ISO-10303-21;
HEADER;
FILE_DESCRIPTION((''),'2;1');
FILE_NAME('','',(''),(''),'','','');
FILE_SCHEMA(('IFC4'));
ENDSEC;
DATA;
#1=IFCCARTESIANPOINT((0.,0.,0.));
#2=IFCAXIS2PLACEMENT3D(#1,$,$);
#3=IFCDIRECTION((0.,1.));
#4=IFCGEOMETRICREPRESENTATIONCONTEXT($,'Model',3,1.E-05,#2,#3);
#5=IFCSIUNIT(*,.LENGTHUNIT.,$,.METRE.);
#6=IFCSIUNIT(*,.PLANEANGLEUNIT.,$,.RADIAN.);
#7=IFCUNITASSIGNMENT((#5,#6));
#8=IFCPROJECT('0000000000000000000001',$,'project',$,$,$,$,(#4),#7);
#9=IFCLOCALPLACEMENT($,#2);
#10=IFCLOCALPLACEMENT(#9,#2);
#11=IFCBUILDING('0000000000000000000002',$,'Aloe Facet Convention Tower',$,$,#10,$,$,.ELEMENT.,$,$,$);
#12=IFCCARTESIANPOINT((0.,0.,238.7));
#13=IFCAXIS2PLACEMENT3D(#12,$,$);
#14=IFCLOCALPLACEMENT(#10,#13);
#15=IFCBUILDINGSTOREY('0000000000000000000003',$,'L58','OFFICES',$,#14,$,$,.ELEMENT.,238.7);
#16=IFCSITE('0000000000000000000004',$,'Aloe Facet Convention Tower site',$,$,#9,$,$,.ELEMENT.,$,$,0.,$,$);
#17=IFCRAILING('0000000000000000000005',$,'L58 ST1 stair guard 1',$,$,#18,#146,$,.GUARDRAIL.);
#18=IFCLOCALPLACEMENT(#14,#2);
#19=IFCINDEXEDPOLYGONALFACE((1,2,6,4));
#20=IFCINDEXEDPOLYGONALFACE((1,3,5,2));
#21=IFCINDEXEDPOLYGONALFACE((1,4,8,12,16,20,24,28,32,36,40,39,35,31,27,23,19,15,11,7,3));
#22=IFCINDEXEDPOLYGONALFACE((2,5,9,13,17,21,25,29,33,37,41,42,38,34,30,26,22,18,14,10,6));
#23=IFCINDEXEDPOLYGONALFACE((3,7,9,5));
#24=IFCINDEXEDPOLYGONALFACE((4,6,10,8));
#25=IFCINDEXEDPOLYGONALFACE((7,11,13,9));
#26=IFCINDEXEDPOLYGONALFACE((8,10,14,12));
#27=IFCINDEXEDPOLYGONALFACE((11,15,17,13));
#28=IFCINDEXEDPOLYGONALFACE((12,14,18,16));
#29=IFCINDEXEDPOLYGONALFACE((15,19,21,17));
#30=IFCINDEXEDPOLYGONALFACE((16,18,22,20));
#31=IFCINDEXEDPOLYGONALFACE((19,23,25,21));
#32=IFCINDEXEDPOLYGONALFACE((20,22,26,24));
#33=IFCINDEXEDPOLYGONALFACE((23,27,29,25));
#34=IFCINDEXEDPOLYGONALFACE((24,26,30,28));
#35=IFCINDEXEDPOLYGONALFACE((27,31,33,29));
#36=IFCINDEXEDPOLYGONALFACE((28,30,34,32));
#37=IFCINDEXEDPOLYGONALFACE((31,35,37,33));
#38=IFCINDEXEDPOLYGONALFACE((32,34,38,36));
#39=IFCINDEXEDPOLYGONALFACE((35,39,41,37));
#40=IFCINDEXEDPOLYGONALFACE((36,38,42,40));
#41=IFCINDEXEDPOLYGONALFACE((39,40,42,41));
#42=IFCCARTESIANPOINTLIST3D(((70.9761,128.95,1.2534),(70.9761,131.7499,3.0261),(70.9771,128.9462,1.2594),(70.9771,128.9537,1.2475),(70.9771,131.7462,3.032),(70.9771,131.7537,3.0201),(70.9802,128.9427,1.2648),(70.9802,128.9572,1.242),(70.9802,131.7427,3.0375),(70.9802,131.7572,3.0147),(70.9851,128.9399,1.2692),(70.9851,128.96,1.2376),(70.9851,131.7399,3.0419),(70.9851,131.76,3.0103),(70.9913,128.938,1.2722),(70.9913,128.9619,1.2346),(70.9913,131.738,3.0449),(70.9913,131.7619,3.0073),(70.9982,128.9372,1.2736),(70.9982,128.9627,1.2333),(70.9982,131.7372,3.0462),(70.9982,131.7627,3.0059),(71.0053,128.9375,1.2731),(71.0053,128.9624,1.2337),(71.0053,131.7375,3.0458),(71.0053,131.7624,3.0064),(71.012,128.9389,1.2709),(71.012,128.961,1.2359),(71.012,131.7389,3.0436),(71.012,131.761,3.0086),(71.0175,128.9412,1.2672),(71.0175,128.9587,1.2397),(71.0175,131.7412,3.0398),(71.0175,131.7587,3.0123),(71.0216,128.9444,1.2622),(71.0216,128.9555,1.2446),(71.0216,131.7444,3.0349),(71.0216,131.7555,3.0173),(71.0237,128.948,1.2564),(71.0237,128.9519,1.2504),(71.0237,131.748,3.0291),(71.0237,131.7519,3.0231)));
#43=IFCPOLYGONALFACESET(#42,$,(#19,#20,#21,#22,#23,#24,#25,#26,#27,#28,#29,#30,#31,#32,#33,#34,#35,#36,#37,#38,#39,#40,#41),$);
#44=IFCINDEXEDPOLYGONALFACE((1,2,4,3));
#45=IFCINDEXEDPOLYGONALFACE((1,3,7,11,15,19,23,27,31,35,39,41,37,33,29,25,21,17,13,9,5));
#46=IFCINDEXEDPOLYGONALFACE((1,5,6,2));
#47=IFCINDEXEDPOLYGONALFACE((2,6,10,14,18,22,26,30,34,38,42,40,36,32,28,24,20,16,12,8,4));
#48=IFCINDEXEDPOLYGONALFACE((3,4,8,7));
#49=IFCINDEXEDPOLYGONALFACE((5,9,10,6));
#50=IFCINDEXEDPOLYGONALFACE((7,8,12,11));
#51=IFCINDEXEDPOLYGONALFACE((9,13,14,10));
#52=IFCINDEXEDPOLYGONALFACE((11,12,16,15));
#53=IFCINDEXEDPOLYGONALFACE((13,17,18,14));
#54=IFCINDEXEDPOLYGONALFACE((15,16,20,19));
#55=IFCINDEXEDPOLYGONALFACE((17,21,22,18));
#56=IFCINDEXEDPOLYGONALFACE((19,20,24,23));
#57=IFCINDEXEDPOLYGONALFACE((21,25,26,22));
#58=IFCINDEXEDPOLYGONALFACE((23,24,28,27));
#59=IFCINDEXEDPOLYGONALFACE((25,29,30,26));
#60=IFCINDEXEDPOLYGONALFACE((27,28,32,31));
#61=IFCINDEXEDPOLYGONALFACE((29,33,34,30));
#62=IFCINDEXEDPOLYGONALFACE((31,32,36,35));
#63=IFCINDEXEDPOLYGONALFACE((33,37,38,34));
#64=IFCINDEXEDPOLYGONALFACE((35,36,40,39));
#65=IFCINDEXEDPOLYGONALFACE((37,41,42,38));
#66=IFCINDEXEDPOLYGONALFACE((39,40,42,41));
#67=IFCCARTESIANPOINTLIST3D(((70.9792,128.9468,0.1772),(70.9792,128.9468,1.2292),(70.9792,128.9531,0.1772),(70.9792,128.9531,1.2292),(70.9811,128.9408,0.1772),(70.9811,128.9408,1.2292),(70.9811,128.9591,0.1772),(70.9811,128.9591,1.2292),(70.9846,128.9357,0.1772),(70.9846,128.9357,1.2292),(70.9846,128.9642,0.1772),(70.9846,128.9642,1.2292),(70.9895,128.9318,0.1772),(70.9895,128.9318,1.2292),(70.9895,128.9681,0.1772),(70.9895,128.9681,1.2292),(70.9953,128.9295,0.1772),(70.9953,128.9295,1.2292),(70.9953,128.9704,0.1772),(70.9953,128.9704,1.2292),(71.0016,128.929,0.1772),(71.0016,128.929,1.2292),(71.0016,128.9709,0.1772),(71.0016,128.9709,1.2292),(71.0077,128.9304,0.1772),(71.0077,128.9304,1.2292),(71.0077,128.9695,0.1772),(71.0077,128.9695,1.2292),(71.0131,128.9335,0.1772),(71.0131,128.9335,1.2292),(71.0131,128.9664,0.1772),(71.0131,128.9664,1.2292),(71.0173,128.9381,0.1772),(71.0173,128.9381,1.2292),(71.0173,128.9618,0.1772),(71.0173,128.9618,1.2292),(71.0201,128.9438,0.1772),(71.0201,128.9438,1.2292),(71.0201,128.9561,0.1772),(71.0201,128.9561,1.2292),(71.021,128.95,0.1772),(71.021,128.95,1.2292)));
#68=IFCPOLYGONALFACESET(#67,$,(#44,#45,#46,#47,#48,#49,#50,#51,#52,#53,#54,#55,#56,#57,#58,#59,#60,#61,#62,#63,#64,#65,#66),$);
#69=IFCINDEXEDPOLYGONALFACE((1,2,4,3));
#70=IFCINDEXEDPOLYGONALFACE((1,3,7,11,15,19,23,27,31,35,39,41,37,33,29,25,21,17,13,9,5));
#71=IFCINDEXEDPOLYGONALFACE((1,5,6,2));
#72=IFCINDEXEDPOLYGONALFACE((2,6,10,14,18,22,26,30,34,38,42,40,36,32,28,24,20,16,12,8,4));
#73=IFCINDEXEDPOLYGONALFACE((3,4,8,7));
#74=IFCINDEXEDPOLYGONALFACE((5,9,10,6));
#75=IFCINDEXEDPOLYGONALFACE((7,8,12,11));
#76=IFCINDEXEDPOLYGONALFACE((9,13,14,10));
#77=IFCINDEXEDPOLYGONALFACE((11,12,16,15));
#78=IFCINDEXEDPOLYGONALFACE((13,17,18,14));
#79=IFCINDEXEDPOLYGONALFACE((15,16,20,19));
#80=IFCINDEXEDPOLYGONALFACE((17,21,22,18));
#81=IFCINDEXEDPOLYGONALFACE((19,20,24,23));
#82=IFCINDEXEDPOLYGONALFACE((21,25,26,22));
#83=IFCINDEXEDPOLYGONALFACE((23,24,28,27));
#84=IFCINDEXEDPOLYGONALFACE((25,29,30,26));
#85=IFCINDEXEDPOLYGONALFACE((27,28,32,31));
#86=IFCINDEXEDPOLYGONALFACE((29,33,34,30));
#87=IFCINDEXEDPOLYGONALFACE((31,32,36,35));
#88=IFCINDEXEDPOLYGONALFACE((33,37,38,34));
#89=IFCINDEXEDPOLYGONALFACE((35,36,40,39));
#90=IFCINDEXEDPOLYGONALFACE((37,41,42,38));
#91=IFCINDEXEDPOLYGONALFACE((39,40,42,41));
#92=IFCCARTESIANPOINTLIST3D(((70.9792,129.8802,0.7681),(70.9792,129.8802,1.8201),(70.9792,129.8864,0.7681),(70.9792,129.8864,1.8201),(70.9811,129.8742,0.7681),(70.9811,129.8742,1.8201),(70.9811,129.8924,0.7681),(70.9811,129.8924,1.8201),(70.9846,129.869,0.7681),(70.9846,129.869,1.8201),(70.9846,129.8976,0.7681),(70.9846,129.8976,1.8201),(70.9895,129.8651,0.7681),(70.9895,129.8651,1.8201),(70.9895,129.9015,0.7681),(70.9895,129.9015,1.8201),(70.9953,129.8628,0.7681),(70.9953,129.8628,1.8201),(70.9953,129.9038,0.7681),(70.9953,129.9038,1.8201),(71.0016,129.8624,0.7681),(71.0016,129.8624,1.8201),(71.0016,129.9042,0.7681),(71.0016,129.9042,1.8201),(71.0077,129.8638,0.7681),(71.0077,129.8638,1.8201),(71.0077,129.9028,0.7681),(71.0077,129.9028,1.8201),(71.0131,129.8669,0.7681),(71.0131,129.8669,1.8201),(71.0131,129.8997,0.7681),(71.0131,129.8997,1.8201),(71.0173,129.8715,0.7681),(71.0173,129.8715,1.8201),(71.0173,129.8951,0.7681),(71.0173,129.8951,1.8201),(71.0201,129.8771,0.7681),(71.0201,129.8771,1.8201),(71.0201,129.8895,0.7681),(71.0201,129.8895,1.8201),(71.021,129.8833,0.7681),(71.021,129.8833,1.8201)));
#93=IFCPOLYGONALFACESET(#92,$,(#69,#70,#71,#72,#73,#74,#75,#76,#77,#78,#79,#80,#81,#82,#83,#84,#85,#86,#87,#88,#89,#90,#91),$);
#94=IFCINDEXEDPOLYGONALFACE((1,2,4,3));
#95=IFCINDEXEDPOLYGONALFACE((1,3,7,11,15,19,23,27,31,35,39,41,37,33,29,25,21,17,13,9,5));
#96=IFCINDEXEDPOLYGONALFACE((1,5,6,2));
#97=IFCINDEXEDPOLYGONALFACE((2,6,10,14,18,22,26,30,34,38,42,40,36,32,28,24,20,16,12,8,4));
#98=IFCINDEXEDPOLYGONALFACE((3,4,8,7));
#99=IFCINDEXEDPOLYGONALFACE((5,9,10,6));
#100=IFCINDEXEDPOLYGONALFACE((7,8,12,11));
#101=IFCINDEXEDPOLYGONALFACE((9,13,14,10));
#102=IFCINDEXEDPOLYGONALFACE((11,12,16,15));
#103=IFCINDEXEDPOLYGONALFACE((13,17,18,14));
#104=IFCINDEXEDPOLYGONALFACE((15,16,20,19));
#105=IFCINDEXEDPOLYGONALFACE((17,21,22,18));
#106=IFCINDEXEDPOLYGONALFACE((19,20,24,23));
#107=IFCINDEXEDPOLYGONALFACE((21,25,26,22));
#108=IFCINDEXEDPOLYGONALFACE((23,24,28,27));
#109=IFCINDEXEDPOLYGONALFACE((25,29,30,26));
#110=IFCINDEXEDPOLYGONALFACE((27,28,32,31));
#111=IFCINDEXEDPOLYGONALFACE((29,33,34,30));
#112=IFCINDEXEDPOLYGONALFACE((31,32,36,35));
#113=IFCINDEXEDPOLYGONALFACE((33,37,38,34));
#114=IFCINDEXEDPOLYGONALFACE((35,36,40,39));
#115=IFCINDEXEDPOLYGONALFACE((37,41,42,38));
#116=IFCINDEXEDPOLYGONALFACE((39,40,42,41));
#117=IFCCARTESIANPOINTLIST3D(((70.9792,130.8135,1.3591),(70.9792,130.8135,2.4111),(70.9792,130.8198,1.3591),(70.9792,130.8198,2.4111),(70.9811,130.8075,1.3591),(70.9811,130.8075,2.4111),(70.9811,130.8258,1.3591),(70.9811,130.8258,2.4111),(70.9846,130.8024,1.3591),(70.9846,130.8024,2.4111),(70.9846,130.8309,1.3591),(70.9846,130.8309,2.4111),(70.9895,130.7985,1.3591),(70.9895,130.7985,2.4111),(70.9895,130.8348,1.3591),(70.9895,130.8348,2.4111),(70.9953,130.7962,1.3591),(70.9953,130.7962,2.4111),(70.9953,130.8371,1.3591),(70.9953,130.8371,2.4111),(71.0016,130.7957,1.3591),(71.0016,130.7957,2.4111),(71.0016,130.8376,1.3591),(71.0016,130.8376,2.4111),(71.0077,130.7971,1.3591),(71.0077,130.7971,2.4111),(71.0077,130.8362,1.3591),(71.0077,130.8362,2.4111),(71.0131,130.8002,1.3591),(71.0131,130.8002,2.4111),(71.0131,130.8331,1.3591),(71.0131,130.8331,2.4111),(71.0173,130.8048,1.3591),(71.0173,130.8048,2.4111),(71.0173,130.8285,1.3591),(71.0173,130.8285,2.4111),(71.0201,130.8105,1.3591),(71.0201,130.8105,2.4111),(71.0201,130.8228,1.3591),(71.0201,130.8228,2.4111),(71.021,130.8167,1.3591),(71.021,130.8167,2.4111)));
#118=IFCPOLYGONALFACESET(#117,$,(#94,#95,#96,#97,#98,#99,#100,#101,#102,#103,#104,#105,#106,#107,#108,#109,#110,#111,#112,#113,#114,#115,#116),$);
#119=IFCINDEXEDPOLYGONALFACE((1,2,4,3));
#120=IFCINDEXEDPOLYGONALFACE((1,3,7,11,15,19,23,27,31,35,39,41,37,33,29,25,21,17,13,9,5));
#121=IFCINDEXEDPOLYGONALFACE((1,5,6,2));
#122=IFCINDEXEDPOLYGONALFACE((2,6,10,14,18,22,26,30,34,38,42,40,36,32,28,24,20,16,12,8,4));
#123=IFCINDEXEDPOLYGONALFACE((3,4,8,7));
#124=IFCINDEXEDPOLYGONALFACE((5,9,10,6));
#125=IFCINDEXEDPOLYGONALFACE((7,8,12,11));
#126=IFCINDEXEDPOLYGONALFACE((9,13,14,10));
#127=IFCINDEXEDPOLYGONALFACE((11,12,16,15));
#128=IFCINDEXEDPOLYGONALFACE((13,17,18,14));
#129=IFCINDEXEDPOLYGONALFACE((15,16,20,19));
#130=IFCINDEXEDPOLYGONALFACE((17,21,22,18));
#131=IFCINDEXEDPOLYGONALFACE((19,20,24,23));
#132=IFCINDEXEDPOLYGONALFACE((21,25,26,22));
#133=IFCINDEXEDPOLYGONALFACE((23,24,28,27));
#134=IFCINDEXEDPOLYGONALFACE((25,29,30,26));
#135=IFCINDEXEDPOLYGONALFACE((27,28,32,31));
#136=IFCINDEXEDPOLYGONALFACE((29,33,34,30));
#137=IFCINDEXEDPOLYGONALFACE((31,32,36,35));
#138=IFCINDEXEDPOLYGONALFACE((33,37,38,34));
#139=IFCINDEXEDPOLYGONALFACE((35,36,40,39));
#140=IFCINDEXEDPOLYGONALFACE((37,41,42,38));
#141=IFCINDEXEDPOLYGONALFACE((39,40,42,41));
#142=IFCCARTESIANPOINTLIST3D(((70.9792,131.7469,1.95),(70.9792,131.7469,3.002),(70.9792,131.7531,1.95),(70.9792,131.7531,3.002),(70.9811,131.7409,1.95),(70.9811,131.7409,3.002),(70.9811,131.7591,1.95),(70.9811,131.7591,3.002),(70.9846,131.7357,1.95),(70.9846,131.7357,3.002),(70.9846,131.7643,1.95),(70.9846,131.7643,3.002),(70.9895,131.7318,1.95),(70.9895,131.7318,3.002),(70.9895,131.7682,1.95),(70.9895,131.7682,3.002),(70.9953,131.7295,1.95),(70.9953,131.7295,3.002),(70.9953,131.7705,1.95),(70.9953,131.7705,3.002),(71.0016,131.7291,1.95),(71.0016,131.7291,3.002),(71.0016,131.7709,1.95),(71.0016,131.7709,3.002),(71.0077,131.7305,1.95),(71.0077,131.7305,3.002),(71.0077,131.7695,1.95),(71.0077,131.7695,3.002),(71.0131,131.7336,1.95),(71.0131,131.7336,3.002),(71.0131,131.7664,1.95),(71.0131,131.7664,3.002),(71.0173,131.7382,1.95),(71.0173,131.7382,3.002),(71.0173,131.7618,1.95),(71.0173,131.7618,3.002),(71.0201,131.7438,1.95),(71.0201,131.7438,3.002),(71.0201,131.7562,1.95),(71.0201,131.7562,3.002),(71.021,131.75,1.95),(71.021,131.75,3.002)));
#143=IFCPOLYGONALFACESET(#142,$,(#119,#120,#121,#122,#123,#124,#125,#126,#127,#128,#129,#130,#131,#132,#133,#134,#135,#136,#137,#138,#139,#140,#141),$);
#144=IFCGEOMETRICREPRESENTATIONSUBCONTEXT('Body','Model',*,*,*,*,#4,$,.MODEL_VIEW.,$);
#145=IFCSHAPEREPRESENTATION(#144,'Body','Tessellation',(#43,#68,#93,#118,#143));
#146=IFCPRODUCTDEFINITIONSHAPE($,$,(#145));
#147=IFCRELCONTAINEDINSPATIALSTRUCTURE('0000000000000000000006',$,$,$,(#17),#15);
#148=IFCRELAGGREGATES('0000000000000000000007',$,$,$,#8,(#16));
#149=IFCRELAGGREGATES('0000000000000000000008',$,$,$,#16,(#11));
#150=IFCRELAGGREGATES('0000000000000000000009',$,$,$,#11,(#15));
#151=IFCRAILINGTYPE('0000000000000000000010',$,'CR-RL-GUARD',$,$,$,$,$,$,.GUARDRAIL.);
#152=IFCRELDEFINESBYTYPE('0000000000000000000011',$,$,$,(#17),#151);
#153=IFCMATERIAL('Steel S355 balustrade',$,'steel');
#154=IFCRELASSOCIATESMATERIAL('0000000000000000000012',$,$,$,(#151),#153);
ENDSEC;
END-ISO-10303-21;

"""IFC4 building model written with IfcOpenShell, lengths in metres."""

from ifc_helpers import new_model, si_unit, direction, frame, origin, origin_2d, place, context, subcontext, project, spatial, circle, extrude, material, type_object, element, save


model = new_model("IFC4")

# Units and contexts
model_context = context("Model", 3, precision=1e-05, world=origin(), true_north=direction((0.0, 1.0)))
body_context = subcontext(model_context, "Body", "Model", "MODEL_VIEW")
ifc_project = project(units=[si_unit("LENGTHUNIT", "METRE"), si_unit("PLANEANGLEUNIT", "RADIAN")], contexts=[model_context])

# Site, building, storey
site_placement = place(None, origin())
site = spatial("IfcSite", under=ifc_project, at=site_placement, Name="Aloe Facet Convention Tower site", CompositionType="ELEMENT", RefElevation=0.0)
building_placement = place(site_placement, origin())
building = spatial("IfcBuilding", under=site, at=building_placement, Name="Aloe Facet Convention Tower", CompositionType="ELEMENT")
storey_placement = place(building_placement, frame((0.0, 0.0, 238.7)))
storey = spatial("IfcBuildingStorey", under=building, at=storey_placement, Name="L58", Description="OFFICES", CompositionType="ELEMENT", Elevation=238.7)

# Railing
ifc_material_1 = material(Name="Steel S355 balustrade", Category="steel")
railing_type_1 = type_object("IfcRailingType", Name="CR-RL-GUARD", PredefinedType="GUARDRAIL", material=ifc_material_1)
railing_1_placement = place(storey_placement, frame((71.0, 128.95, 0.1772)))
element("IfcRailing", 1, at=railing_1_placement, inside=storey, type_object=railing_type_1, Name="L58 ST1 stair guard 1", PredefinedType="GUARDRAIL", context=body_context, shape_type="SweptSolid", body=[
    extrude(circle(Radius=0.0239, at=origin_2d()), frame((0.0, 0.0, 1.0762), z_axis=(0.0, 0.844909, 0.53491), x_axis=(-1.0, 0.0, 0.0)), (0.0, 0.0, 1.0), 3.314),
    extrude(circle(Radius=0.021, at=origin_2d()), origin(), (0.0, 0.0, 1.0), 1.052),
    extrude(circle(Radius=0.021, at=origin_2d()), frame((0.0, 0.9333, 0.5908)), (0.0, 0.0, 1.0), 1.052),
    extrude(circle(Radius=0.021, at=origin_2d()), frame((0.0, 1.8667, 1.1819)), (0.0, 0.0, 1.0), 1.052),
    extrude(circle(Radius=0.021, at=origin_2d()), frame((0.0, 2.8, 1.7727)), (0.0, 0.0, 1.0), 1.052),
])

save(model, "model.ifc")
